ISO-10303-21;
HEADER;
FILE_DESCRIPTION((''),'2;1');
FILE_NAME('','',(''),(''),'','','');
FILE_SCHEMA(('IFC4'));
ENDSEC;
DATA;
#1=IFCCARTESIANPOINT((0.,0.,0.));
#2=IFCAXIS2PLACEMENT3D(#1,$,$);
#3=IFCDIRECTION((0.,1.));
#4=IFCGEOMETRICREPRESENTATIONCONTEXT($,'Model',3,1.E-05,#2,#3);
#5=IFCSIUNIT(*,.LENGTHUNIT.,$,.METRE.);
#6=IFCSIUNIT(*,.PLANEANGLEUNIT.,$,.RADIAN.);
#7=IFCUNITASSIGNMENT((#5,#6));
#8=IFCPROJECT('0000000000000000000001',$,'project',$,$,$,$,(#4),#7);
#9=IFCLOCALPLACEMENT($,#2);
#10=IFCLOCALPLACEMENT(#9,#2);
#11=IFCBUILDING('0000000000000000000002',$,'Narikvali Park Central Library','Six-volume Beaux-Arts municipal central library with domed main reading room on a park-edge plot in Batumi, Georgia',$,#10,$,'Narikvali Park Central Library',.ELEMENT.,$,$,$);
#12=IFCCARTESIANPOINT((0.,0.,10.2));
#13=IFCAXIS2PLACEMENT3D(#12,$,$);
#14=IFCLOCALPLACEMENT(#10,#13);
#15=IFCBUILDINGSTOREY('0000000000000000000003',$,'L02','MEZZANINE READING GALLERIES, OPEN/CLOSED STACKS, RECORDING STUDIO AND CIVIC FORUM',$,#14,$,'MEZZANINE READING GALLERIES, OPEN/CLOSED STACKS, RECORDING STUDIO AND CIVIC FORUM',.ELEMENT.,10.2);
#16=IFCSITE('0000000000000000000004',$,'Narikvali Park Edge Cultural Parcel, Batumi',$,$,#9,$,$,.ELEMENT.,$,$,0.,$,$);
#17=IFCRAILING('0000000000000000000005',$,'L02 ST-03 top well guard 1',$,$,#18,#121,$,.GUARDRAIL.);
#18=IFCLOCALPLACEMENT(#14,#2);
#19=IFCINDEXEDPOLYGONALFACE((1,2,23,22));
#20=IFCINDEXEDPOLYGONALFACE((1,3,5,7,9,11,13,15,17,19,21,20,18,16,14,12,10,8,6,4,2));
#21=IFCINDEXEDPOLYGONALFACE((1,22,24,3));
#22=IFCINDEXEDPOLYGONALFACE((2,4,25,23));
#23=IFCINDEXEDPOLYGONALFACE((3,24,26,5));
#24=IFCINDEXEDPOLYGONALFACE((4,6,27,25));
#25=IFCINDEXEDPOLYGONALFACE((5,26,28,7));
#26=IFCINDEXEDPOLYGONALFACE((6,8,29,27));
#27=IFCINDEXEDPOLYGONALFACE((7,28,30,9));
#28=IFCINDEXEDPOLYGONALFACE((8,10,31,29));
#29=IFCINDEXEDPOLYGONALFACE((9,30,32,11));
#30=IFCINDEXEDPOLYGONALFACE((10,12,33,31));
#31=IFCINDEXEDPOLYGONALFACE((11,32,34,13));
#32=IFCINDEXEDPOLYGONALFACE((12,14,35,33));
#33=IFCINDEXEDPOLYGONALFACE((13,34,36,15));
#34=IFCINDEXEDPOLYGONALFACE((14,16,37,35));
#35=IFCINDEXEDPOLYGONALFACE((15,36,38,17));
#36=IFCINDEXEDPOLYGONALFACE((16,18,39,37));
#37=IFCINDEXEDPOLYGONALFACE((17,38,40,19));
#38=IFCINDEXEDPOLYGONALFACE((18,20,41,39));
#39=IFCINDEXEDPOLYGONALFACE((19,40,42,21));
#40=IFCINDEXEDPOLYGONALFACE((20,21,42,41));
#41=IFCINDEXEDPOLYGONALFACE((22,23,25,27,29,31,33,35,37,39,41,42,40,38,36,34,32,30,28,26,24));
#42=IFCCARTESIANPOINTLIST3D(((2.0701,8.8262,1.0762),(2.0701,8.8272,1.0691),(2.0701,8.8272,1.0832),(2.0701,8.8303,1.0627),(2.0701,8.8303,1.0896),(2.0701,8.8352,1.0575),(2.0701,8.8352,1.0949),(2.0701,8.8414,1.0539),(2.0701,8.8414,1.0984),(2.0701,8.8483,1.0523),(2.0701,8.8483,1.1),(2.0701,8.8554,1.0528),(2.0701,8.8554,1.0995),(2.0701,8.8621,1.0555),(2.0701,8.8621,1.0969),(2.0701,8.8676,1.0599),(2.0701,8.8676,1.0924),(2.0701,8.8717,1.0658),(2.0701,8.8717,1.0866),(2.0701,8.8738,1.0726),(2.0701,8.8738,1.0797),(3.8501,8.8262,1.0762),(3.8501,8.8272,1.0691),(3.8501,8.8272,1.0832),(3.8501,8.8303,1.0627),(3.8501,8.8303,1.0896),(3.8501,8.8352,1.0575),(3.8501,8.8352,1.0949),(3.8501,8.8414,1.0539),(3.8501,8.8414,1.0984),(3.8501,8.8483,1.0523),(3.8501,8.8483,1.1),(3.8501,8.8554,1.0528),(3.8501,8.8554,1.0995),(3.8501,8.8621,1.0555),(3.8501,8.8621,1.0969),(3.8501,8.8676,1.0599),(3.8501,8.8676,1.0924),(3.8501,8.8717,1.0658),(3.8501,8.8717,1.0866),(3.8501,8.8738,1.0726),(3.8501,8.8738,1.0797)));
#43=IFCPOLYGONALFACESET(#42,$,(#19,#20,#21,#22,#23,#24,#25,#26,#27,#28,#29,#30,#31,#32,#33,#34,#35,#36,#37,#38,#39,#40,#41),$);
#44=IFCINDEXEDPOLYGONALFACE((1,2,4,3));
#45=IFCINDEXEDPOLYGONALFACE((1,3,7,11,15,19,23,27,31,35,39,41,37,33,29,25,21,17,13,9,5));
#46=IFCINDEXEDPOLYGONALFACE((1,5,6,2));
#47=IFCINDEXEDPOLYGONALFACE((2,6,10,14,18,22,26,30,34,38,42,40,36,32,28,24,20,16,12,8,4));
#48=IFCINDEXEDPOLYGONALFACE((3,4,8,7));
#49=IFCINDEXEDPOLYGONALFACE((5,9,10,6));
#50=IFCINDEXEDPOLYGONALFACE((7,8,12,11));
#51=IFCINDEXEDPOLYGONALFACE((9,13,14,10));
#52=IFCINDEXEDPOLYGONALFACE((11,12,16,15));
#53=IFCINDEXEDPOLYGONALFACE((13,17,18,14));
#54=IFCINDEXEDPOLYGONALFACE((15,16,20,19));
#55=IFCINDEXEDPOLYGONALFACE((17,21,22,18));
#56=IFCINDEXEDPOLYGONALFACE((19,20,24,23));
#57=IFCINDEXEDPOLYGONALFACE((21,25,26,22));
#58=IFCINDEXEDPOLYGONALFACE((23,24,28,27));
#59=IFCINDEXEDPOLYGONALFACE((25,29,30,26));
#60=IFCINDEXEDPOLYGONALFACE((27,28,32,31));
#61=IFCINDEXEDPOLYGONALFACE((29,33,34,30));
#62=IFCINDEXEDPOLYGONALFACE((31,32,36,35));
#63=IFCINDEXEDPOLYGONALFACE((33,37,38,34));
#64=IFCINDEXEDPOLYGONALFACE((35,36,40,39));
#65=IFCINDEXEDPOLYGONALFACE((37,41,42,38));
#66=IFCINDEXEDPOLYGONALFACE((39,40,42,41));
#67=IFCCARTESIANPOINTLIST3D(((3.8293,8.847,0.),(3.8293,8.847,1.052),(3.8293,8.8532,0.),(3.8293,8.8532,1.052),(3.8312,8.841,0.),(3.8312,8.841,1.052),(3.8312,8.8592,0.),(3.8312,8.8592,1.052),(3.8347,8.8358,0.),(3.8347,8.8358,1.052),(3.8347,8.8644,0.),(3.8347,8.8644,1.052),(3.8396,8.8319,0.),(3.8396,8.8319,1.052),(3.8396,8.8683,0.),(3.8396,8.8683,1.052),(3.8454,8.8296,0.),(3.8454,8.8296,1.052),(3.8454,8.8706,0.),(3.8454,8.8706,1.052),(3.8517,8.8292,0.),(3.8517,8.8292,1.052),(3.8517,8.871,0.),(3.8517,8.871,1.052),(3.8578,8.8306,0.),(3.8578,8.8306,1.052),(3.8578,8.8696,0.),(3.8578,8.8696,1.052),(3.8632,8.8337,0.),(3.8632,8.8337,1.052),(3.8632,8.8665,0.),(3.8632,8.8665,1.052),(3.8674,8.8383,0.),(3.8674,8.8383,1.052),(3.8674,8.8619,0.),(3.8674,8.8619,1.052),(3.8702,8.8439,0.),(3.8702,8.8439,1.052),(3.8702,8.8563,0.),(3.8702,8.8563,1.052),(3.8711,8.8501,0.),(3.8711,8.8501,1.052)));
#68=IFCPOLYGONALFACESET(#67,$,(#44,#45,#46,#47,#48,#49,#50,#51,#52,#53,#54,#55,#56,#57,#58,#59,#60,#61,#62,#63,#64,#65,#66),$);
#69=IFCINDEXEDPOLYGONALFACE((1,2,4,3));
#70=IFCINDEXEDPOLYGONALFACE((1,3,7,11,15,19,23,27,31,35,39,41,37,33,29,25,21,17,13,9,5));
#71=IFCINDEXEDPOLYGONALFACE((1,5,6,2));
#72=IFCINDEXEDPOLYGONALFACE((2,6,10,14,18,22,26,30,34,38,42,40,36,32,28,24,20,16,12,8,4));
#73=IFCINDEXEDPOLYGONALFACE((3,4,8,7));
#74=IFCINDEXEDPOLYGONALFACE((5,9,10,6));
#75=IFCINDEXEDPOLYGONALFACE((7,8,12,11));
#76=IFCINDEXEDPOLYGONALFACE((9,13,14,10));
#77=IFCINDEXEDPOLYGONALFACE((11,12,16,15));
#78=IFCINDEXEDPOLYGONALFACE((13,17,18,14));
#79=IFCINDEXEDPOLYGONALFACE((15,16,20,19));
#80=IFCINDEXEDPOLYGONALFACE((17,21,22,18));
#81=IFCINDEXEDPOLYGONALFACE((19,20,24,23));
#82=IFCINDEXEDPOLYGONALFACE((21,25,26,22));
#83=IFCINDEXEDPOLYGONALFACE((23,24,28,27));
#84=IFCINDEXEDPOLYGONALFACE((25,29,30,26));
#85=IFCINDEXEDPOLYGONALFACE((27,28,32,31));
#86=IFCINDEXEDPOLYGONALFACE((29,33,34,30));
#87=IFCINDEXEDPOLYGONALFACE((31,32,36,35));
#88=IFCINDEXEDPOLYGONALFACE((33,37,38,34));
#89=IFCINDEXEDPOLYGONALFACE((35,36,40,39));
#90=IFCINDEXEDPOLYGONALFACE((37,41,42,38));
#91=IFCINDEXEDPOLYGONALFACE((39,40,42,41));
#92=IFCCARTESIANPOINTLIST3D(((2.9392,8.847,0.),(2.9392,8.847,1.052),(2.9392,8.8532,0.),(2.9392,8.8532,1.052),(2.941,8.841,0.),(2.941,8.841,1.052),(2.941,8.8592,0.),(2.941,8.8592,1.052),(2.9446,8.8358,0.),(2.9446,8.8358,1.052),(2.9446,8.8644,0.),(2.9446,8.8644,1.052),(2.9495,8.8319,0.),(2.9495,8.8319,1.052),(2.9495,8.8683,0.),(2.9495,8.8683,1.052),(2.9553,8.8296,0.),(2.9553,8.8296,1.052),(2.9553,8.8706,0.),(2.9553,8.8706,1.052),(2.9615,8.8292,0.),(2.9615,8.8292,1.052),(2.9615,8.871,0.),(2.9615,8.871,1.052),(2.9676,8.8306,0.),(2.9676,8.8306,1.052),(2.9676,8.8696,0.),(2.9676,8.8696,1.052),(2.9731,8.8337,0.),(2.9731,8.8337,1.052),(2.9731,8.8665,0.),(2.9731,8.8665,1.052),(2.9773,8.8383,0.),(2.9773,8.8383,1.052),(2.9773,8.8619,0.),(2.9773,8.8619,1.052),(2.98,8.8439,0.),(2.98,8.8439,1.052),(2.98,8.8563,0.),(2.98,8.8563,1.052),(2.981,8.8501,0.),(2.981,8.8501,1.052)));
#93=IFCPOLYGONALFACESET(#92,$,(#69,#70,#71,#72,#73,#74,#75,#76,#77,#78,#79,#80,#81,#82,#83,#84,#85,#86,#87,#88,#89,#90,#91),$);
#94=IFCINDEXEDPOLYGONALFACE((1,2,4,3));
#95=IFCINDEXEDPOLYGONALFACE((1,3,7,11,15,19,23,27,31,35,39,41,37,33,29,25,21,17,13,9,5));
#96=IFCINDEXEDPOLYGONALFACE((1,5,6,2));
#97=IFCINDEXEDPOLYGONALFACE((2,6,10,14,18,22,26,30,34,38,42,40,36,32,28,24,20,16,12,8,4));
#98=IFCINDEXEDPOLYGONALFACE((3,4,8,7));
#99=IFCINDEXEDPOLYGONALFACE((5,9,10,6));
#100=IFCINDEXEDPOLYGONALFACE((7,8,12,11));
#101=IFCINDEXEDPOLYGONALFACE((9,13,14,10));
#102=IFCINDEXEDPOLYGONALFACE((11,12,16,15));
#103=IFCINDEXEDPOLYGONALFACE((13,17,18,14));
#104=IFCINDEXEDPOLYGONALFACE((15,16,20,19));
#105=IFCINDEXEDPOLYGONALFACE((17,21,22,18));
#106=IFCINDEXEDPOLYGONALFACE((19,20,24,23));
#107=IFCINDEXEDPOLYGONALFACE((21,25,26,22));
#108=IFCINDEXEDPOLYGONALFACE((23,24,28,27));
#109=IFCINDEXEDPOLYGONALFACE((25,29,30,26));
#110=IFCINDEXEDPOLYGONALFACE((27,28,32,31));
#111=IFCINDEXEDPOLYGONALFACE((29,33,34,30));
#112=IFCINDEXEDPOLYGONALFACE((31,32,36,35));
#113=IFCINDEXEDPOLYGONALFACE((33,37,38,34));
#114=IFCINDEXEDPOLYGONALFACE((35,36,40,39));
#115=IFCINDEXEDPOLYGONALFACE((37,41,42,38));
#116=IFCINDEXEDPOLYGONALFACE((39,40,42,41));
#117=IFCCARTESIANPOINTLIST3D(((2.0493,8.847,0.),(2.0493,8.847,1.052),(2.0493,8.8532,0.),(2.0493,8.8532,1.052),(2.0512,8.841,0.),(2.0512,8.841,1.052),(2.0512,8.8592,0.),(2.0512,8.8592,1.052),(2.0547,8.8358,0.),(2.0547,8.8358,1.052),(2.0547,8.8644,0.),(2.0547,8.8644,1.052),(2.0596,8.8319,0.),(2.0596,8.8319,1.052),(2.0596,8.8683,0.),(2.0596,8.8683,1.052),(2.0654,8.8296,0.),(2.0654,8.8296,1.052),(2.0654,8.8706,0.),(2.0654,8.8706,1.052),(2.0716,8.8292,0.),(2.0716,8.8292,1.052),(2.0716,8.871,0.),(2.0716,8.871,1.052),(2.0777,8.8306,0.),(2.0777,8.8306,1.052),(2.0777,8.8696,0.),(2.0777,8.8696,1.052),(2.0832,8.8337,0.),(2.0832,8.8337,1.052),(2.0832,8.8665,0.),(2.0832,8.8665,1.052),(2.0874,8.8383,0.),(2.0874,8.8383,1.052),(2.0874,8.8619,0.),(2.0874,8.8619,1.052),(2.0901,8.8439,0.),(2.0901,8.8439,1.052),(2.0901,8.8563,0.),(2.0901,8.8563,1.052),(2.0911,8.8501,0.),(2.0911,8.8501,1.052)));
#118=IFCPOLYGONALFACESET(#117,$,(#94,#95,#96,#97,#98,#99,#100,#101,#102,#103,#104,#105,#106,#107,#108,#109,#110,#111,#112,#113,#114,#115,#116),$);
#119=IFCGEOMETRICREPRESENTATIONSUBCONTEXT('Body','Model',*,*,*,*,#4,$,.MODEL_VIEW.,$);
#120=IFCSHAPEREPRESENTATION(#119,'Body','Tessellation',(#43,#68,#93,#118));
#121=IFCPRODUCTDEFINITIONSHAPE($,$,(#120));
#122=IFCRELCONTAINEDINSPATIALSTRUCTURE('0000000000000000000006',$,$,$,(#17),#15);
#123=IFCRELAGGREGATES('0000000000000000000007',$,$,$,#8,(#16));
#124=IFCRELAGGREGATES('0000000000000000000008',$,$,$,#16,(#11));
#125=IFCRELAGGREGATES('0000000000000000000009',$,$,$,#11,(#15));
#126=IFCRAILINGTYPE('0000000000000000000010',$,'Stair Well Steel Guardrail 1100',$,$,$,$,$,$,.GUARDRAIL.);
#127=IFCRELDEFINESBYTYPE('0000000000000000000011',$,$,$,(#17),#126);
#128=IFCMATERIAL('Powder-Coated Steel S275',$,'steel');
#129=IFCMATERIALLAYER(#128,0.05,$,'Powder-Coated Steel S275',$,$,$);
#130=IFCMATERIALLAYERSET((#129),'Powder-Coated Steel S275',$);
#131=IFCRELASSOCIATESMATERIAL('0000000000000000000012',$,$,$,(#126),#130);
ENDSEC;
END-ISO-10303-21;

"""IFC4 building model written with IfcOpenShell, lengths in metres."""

from ifc_helpers import new_model, si_unit, direction, frame, origin, origin_2d, place, context, subcontext, project, spatial, circle, extrude, material, layer, layer_set, type_object, element, save


model = new_model("IFC4")

# Units and contexts
model_context = context("Model", 3, precision=1e-05, world=origin(), true_north=direction((0.0, 1.0)))
body_context = subcontext(model_context, "Body", "Model", "MODEL_VIEW")
ifc_project = project(units=[si_unit("LENGTHUNIT", "METRE"), si_unit("PLANEANGLEUNIT", "RADIAN")], contexts=[model_context])

# Site, building, storey
site_placement = place(None, origin())
site = spatial("IfcSite", under=ifc_project, at=site_placement, Name="Narikvali Park Edge Cultural Parcel, Batumi", CompositionType="ELEMENT", RefElevation=0.0)
building_placement = place(site_placement, origin())
building = spatial("IfcBuilding", under=site, at=building_placement, Name="Narikvali Park Central Library", Description="Six-volume Beaux-Arts municipal central library with domed main reading room on a park-edge plot in Batumi, Georgia", LongName="Narikvali Park Central Library", CompositionType="ELEMENT")
storey_placement = place(building_placement, frame((0.0, 0.0, 10.2)))
storey = spatial("IfcBuildingStorey", under=building, at=storey_placement, Name="L02", Description="MEZZANINE READING GALLERIES, OPEN/CLOSED STACKS, RECORDING STUDIO AND CIVIC FORUM", LongName="MEZZANINE READING GALLERIES, OPEN/CLOSED STACKS, RECORDING STUDIO AND CIVIC FORUM", CompositionType="ELEMENT", Elevation=10.2)

# Railing
ifc_material_1 = material(Name="Powder-Coated Steel S275", Category="steel")
ifc_layer_1 = layer(ifc_material_1, 0.05, Name="Powder-Coated Steel S275")
ifc_layer_set_1 = layer_set([ifc_layer_1], Name="Powder-Coated Steel S275")
railing_type = type_object("IfcRailingType", Name="Stair Well Steel Guardrail 1100", PredefinedType="GUARDRAIL", material=ifc_layer_set_1)
railing_placement = place(storey_placement, frame((3.8501, 8.8501, 0.0)))
element("IfcRailing", 1, at=railing_placement, inside=storey, type_object=railing_type, Name="L02 ST-03 top well guard 1", PredefinedType="GUARDRAIL", context=body_context, shape_type="SweptSolid", body=[
    extrude(circle(Radius=0.0239, at=origin_2d()), frame((0.0, 0.0, 1.0762), z_axis=(-1.0, 0.0, 0.0), x_axis=(0.0, -1.0, 0.0)), (0.0, 0.0, 1.0), 1.78),
    extrude(circle(Radius=0.021, at=origin_2d()), origin(), (0.0, 0.0, 1.0), 1.052),
    extrude(circle(Radius=0.021, at=origin_2d()), frame((-0.8901, 0.0, 0.0)), (0.0, 0.0, 1.0), 1.052),
    extrude(circle(Radius=0.021, at=origin_2d()), frame((-1.78, 0.0, 0.0)), (0.0, 0.0, 1.0), 1.052),
])

save(model, "model.ifc")
